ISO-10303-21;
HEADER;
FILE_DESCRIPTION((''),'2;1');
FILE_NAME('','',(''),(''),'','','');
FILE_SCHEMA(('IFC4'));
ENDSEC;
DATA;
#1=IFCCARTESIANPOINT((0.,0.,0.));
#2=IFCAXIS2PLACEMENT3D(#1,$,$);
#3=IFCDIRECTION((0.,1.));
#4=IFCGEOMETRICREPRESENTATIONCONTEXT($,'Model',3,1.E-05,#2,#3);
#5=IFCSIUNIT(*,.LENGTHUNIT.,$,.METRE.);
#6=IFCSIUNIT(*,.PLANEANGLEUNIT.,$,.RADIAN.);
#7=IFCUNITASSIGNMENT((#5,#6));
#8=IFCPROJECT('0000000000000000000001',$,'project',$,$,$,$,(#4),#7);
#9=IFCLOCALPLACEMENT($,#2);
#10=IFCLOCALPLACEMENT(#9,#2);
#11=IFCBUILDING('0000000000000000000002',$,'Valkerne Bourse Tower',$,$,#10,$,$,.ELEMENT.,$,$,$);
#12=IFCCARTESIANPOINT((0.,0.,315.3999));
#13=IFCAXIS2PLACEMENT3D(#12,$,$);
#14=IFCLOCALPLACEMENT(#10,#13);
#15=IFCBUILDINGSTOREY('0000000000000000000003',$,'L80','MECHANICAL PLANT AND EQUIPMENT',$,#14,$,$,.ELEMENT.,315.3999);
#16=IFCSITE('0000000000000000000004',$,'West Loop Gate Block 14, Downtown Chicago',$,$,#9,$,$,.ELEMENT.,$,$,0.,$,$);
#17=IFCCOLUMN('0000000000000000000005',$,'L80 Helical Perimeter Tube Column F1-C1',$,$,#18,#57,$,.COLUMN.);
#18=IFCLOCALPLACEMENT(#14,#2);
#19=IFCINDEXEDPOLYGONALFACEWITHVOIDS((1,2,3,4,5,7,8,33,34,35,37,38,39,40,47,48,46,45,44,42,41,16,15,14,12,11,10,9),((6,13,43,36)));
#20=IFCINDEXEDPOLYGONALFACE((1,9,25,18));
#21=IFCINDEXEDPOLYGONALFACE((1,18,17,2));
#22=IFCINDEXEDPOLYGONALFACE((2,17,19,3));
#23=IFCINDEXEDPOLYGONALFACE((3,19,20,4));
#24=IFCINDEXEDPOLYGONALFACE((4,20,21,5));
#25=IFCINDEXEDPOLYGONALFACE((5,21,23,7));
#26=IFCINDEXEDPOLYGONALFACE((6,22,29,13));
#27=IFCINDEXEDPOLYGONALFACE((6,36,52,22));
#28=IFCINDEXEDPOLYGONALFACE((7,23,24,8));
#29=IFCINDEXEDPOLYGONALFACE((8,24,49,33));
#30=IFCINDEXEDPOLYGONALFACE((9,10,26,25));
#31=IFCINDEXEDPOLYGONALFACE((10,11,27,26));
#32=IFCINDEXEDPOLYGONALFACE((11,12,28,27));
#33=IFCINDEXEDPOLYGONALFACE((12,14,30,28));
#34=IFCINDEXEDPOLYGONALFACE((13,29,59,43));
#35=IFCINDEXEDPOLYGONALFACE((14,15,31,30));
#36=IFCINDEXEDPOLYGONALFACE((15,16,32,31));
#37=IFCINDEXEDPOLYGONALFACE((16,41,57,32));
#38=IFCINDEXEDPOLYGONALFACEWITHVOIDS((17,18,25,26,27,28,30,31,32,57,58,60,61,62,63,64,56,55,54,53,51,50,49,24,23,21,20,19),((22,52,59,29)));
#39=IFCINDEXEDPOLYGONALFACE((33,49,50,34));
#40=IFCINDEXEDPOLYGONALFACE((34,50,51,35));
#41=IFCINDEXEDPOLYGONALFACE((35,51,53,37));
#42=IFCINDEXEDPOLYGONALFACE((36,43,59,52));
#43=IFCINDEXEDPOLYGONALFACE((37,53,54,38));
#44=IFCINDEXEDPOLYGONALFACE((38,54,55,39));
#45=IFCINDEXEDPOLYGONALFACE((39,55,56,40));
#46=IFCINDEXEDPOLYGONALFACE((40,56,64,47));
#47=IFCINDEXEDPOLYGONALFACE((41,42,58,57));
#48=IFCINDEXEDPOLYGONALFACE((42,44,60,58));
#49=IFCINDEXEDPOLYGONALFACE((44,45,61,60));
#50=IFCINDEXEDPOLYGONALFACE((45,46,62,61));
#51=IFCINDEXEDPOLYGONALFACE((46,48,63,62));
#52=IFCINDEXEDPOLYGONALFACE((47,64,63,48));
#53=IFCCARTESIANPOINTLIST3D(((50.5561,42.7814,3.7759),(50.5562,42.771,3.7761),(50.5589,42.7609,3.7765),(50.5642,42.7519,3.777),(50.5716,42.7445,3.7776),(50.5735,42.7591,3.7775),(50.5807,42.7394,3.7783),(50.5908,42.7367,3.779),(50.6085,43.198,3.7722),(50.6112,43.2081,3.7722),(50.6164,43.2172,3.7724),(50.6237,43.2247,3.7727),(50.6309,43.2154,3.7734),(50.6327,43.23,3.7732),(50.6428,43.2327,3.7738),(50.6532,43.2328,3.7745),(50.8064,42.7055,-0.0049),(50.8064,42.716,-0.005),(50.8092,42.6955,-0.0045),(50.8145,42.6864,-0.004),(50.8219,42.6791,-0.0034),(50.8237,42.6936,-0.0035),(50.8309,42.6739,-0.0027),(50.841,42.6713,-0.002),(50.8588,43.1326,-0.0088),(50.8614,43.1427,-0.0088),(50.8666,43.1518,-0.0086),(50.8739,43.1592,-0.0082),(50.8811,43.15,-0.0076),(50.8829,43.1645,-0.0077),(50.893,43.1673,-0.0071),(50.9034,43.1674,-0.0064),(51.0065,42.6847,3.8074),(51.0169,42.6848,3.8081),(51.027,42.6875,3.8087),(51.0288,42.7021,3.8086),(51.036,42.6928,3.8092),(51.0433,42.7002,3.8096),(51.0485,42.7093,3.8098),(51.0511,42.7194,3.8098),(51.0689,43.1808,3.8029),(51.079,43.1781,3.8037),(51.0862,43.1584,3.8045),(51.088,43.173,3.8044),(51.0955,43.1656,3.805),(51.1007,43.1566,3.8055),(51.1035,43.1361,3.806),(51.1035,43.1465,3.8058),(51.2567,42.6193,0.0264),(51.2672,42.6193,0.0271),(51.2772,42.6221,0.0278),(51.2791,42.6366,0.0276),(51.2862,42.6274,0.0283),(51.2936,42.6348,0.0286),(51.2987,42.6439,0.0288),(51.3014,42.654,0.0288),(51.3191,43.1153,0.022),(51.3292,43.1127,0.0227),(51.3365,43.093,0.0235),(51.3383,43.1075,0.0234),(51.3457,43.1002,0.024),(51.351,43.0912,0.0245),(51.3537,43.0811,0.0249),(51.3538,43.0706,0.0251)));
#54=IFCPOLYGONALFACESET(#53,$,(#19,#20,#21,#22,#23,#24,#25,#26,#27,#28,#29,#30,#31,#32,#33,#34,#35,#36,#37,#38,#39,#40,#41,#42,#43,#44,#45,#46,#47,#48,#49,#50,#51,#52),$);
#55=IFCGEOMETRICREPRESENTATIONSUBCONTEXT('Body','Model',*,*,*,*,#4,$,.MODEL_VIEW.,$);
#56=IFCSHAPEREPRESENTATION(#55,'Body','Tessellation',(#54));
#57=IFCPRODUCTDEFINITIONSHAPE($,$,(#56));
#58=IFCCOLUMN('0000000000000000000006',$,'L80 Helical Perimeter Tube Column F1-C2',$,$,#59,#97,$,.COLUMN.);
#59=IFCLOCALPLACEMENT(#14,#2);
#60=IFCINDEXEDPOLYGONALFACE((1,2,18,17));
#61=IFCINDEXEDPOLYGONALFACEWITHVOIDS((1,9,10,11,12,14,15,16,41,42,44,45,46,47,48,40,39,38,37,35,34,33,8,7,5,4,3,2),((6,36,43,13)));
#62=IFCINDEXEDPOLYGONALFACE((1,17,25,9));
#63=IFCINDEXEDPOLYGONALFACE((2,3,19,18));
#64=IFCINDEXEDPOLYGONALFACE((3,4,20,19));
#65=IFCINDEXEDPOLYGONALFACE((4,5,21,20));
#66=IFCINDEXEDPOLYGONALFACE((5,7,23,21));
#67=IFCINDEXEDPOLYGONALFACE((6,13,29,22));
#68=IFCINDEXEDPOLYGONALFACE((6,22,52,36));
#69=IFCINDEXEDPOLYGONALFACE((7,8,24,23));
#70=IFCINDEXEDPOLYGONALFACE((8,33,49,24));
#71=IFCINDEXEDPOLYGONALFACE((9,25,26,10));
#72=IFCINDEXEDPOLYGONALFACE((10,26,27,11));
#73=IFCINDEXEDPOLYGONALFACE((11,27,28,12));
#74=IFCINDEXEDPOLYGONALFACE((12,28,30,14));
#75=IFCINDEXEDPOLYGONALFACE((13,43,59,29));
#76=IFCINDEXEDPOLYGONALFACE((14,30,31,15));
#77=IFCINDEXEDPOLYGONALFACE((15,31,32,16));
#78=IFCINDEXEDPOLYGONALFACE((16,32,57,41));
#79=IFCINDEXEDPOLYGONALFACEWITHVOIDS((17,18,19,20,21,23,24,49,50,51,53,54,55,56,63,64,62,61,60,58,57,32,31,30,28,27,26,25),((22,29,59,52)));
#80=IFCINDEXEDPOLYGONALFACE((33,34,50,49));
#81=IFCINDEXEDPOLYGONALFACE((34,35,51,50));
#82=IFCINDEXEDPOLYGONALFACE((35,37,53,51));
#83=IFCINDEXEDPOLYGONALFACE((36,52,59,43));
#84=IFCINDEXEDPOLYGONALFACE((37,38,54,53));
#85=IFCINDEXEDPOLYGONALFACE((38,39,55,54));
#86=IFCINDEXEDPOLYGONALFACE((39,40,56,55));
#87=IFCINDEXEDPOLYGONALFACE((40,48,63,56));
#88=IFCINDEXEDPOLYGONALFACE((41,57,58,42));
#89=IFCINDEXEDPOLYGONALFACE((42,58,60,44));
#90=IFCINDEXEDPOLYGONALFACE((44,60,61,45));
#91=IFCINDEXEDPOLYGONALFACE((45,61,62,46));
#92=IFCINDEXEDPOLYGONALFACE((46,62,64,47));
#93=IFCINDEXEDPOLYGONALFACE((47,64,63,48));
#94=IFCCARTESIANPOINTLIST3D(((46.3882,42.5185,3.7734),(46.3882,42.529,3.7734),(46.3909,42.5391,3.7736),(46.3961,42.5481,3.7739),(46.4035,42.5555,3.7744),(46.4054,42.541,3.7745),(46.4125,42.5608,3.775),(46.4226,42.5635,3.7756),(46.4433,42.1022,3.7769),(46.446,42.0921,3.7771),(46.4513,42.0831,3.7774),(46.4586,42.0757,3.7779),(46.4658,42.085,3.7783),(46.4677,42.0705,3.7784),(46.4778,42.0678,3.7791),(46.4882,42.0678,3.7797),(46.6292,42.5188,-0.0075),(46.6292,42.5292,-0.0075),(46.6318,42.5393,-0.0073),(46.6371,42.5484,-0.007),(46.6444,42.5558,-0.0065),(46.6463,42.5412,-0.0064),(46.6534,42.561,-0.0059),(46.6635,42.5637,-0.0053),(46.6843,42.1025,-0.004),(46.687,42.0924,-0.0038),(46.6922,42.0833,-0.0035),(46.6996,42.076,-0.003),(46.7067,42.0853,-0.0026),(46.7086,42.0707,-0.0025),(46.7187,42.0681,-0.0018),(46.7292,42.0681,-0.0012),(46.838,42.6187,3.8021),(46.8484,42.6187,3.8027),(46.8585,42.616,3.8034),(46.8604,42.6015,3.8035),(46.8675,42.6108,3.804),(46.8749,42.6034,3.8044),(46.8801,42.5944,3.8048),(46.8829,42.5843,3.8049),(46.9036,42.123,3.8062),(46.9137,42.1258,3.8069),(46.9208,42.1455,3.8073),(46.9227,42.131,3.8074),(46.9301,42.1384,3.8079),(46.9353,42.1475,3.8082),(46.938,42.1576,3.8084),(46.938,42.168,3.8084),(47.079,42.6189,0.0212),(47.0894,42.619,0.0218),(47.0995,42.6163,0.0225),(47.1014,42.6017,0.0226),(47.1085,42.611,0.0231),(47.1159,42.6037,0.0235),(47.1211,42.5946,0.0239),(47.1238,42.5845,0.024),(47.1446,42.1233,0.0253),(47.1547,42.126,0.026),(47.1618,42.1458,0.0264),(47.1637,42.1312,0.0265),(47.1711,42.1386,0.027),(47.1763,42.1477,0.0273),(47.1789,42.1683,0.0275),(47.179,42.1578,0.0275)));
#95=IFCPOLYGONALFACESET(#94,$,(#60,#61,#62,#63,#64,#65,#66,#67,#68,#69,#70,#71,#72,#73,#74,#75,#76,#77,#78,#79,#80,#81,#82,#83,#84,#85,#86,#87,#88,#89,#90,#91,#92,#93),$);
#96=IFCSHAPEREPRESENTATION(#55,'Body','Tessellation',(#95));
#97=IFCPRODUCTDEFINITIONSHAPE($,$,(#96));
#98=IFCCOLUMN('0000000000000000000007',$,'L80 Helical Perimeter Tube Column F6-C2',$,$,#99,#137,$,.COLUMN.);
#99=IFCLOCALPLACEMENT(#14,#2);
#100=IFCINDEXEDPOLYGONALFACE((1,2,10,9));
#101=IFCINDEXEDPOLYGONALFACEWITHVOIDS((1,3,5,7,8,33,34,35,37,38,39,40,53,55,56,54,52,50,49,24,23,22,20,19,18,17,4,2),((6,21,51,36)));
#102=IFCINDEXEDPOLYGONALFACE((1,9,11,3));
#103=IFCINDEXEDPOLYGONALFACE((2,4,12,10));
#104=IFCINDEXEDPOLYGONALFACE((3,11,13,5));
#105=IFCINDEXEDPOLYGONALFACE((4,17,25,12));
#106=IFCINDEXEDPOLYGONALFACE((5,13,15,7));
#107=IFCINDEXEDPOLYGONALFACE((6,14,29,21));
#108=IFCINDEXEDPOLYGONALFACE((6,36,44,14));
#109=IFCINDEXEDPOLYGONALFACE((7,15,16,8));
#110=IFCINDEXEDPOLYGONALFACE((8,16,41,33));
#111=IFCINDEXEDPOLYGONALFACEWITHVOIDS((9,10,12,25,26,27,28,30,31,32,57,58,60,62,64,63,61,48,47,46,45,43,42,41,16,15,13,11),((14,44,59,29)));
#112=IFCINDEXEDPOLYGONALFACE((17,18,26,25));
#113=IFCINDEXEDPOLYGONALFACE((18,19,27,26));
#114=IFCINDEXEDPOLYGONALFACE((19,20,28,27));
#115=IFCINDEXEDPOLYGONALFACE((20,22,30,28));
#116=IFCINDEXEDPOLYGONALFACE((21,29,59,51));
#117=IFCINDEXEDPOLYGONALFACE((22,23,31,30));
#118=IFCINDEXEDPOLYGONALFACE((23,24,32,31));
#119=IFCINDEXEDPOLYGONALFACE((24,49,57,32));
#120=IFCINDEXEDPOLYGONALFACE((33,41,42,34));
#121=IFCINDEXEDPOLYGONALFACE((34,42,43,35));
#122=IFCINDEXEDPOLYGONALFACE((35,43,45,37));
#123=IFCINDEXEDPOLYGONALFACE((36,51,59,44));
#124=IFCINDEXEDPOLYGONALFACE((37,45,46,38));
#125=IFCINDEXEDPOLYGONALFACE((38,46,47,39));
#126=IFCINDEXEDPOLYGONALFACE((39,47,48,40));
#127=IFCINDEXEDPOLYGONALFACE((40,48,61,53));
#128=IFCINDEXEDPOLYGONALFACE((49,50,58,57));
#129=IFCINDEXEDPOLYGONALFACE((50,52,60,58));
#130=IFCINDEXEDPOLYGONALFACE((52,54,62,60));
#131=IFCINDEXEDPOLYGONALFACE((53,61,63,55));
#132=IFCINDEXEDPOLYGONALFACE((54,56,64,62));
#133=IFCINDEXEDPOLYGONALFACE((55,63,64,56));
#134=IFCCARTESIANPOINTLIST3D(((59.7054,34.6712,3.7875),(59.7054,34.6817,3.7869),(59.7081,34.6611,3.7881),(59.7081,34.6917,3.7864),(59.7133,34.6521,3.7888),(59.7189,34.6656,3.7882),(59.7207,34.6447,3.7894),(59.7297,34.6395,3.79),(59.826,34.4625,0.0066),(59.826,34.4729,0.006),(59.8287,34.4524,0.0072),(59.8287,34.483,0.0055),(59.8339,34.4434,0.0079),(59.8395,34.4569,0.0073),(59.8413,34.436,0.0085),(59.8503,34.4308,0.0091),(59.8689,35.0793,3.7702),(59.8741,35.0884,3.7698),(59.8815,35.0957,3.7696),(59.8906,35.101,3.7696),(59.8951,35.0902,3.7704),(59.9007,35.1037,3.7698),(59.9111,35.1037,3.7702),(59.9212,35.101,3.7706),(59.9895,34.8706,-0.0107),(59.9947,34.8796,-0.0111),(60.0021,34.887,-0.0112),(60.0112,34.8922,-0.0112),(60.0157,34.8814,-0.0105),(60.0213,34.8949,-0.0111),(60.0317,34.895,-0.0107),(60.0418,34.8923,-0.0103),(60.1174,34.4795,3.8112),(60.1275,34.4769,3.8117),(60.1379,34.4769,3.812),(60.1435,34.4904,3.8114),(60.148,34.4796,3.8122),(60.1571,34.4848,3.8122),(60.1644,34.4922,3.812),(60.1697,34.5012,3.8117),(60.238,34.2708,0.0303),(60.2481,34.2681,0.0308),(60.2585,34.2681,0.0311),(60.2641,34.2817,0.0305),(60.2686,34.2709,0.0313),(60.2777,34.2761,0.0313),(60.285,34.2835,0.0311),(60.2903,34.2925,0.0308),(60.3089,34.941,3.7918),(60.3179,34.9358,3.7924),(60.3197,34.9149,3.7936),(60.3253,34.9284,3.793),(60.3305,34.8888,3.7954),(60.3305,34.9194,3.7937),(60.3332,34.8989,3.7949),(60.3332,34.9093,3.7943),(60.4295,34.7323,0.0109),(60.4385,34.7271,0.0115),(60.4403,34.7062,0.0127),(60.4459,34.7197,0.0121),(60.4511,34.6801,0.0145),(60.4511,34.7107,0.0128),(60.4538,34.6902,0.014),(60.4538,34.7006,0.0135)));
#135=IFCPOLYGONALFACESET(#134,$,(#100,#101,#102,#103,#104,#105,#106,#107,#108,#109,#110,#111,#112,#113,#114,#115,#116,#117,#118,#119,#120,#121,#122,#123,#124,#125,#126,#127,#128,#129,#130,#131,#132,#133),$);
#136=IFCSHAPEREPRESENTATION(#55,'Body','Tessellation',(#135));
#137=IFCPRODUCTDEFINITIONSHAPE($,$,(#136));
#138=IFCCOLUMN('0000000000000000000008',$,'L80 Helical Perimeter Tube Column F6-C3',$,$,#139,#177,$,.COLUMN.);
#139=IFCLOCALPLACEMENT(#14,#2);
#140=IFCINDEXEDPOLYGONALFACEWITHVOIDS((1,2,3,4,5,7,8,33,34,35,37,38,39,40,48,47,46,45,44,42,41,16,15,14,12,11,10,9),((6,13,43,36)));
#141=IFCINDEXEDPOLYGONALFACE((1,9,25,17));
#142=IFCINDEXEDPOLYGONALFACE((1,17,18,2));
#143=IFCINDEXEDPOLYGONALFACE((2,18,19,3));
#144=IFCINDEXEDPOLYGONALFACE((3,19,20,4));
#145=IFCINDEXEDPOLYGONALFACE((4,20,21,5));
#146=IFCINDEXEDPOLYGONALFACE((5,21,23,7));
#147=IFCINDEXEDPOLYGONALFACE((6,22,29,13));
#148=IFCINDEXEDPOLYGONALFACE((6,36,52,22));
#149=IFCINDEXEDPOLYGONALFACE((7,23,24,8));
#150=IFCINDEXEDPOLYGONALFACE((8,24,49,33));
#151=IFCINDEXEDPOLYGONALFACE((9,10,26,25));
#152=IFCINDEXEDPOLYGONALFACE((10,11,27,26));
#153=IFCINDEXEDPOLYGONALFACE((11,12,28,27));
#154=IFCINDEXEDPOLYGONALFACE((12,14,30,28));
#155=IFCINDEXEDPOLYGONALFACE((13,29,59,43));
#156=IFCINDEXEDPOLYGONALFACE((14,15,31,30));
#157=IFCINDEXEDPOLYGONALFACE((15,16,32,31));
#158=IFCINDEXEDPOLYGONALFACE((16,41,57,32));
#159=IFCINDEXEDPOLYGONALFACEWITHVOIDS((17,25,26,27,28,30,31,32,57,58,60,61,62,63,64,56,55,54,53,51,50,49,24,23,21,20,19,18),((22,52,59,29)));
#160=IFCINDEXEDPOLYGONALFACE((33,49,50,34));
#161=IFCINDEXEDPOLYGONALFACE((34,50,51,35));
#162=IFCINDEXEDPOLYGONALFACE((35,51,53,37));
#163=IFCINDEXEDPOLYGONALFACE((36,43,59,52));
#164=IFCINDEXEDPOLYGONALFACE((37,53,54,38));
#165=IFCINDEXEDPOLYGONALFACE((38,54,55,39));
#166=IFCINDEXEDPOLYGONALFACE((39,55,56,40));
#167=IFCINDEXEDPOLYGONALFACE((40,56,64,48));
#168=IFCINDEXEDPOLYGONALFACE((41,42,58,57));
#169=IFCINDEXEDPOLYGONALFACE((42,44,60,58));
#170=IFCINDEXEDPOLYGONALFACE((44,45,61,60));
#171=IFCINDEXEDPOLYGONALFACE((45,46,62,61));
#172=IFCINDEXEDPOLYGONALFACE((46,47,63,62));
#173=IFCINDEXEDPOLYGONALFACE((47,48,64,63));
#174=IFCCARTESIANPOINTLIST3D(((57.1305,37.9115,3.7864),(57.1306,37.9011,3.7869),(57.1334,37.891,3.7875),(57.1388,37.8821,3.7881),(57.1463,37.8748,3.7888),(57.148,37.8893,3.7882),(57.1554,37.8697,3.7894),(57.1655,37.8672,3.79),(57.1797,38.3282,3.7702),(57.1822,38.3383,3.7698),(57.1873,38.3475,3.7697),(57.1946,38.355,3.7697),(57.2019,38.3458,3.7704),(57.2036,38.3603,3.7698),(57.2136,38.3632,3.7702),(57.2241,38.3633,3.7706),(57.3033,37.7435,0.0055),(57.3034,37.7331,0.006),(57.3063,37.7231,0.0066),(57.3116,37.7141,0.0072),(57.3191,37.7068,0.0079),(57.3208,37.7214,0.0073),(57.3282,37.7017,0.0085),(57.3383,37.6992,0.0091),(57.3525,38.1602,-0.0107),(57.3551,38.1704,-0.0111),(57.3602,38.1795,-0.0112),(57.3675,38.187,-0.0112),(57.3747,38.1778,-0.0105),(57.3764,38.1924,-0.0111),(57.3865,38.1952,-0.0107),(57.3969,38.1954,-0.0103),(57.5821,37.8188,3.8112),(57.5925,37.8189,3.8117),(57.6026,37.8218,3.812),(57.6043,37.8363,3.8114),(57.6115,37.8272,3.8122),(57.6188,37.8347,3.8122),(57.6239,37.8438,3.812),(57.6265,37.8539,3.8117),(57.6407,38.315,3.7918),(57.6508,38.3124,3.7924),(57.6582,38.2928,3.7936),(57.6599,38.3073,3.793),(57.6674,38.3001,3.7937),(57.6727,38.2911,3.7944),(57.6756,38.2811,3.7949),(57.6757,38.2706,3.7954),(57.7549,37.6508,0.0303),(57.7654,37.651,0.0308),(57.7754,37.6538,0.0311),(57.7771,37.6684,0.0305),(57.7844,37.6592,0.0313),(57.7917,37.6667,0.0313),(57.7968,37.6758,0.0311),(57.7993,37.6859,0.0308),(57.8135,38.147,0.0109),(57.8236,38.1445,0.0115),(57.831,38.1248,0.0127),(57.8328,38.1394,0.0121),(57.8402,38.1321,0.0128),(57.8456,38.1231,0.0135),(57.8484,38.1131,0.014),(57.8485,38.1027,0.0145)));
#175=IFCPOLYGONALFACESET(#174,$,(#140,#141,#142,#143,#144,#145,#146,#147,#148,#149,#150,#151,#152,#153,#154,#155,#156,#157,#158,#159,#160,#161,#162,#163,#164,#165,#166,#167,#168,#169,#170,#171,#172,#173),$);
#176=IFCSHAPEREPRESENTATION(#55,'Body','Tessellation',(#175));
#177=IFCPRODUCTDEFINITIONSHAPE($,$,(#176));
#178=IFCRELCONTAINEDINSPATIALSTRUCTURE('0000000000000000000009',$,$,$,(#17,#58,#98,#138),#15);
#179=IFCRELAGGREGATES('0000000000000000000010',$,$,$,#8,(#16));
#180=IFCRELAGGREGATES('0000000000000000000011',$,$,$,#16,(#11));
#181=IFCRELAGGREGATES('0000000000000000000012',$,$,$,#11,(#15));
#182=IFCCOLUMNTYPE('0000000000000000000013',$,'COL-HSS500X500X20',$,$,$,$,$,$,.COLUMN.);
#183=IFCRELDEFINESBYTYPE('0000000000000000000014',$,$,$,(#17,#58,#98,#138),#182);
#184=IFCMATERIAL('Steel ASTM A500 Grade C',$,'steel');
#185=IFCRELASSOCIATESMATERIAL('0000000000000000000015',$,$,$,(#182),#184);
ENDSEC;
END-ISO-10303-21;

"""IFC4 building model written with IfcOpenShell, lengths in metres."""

from ifc_helpers import new_model, si_unit, direction, frame, origin, origin_2d, place, context, subcontext, project, spatial, hollow_rectangle, extrude, material, material_profile, profile_set, type_object, element, save


model = new_model("IFC4")

# Units and contexts
model_context = context("Model", 3, precision=1e-05, world=origin(), true_north=direction((0.0, 1.0)))
body_context = subcontext(model_context, "Body", "Model", "MODEL_VIEW")
ifc_project = project(units=[si_unit("LENGTHUNIT", "METRE"), si_unit("PLANEANGLEUNIT", "RADIAN")], contexts=[model_context])

# Site, building, storey
site_placement = place(None, origin())
site = spatial("IfcSite", under=ifc_project, at=site_placement, Name="West Loop Gate Block 14, Downtown Chicago", CompositionType="ELEMENT", RefElevation=0.0)
building_placement = place(site_placement, origin())
building = spatial("IfcBuilding", under=site, at=building_placement, Name="Valkerne Bourse Tower", CompositionType="ELEMENT")
storey_placement = place(building_placement, frame((0.0, 0.0, 315.3999)))
storey = spatial("IfcBuildingStorey", under=building, at=storey_placement, Name="L80", Description="MECHANICAL PLANT AND EQUIPMENT", CompositionType="ELEMENT", Elevation=315.3999)

# Columns
ifc_material_1 = material(Name="Steel ASTM A500 Grade C", Category="steel")
ifc_material_profile_1 = material_profile(ifc_material_1, hollow_rectangle(XDim=0.5, YDim=0.5, WallThickness=0.02, OuterFilletRadius=0.04, at=origin_2d()), Name="HSS500X500X20")
ifc_profile_set_1 = profile_set([ifc_material_profile_1], Name="Steel ASTM A500 Grade C")
column_type = type_object("IfcColumnType", Name="COL-HSS500X500X20", PredefinedType="COLUMN", material=ifc_profile_set_1)
column_1_placement = place(storey_placement, frame((51.0801, 42.8933, 0.01), z_axis=(-0.06603, 0.017264, 0.997668), x_axis=(0.124809, 0.992141, -0.008908)))
element("IfcColumn", 1, at=column_1_placement, inside=storey, type_object=column_type, Name="L80 Helical Perimeter Tube Column F1-C1", PredefinedType="COLUMN", context=body_context, shape_type="SweptSolid", body=[
    extrude(hollow_rectangle(XDim=0.5, YDim=0.5, WallThickness=0.02, OuterFilletRadius=0.04, at=origin_2d()), origin(), (0.0, 0.0, 1.0), 3.7898),
])
for number, where, z_axis, x_axis, name in (
    (2, (46.9041, 42.3435, 0.01), (-0.063602, -0.000064, 0.997975), (-0.131266, 0.991312, -0.008302), "L80 Helical Perimeter Tube Column F1-C2"),
    (3, (60.1399, 34.5815, 0.01), (-0.031833, 0.055096, 0.997974), (0.923198, -0.380995, 0.050482), "L80 Helical Perimeter Tube Column F6-C2"),
    (4, (57.5759, 37.9231, 0.01), (-0.045623, 0.044334, 0.997974), (0.99206, -0.11519, 0.05047), "L80 Helical Perimeter Tube Column F6-C3"),
):
    element("IfcColumn", number, at=place(storey_placement, frame(where, z_axis=z_axis, x_axis=x_axis)), inside=storey, type_object=column_type, Name=name, PredefinedType="COLUMN", context=body_context, shape_type="SweptSolid", body=[
        extrude(hollow_rectangle(XDim=0.5, YDim=0.5, WallThickness=0.02, OuterFilletRadius=0.04, at=origin_2d()), origin(), (0.0, 0.0, 1.0), 3.7886),
    ])

save(model, "model.ifc")
